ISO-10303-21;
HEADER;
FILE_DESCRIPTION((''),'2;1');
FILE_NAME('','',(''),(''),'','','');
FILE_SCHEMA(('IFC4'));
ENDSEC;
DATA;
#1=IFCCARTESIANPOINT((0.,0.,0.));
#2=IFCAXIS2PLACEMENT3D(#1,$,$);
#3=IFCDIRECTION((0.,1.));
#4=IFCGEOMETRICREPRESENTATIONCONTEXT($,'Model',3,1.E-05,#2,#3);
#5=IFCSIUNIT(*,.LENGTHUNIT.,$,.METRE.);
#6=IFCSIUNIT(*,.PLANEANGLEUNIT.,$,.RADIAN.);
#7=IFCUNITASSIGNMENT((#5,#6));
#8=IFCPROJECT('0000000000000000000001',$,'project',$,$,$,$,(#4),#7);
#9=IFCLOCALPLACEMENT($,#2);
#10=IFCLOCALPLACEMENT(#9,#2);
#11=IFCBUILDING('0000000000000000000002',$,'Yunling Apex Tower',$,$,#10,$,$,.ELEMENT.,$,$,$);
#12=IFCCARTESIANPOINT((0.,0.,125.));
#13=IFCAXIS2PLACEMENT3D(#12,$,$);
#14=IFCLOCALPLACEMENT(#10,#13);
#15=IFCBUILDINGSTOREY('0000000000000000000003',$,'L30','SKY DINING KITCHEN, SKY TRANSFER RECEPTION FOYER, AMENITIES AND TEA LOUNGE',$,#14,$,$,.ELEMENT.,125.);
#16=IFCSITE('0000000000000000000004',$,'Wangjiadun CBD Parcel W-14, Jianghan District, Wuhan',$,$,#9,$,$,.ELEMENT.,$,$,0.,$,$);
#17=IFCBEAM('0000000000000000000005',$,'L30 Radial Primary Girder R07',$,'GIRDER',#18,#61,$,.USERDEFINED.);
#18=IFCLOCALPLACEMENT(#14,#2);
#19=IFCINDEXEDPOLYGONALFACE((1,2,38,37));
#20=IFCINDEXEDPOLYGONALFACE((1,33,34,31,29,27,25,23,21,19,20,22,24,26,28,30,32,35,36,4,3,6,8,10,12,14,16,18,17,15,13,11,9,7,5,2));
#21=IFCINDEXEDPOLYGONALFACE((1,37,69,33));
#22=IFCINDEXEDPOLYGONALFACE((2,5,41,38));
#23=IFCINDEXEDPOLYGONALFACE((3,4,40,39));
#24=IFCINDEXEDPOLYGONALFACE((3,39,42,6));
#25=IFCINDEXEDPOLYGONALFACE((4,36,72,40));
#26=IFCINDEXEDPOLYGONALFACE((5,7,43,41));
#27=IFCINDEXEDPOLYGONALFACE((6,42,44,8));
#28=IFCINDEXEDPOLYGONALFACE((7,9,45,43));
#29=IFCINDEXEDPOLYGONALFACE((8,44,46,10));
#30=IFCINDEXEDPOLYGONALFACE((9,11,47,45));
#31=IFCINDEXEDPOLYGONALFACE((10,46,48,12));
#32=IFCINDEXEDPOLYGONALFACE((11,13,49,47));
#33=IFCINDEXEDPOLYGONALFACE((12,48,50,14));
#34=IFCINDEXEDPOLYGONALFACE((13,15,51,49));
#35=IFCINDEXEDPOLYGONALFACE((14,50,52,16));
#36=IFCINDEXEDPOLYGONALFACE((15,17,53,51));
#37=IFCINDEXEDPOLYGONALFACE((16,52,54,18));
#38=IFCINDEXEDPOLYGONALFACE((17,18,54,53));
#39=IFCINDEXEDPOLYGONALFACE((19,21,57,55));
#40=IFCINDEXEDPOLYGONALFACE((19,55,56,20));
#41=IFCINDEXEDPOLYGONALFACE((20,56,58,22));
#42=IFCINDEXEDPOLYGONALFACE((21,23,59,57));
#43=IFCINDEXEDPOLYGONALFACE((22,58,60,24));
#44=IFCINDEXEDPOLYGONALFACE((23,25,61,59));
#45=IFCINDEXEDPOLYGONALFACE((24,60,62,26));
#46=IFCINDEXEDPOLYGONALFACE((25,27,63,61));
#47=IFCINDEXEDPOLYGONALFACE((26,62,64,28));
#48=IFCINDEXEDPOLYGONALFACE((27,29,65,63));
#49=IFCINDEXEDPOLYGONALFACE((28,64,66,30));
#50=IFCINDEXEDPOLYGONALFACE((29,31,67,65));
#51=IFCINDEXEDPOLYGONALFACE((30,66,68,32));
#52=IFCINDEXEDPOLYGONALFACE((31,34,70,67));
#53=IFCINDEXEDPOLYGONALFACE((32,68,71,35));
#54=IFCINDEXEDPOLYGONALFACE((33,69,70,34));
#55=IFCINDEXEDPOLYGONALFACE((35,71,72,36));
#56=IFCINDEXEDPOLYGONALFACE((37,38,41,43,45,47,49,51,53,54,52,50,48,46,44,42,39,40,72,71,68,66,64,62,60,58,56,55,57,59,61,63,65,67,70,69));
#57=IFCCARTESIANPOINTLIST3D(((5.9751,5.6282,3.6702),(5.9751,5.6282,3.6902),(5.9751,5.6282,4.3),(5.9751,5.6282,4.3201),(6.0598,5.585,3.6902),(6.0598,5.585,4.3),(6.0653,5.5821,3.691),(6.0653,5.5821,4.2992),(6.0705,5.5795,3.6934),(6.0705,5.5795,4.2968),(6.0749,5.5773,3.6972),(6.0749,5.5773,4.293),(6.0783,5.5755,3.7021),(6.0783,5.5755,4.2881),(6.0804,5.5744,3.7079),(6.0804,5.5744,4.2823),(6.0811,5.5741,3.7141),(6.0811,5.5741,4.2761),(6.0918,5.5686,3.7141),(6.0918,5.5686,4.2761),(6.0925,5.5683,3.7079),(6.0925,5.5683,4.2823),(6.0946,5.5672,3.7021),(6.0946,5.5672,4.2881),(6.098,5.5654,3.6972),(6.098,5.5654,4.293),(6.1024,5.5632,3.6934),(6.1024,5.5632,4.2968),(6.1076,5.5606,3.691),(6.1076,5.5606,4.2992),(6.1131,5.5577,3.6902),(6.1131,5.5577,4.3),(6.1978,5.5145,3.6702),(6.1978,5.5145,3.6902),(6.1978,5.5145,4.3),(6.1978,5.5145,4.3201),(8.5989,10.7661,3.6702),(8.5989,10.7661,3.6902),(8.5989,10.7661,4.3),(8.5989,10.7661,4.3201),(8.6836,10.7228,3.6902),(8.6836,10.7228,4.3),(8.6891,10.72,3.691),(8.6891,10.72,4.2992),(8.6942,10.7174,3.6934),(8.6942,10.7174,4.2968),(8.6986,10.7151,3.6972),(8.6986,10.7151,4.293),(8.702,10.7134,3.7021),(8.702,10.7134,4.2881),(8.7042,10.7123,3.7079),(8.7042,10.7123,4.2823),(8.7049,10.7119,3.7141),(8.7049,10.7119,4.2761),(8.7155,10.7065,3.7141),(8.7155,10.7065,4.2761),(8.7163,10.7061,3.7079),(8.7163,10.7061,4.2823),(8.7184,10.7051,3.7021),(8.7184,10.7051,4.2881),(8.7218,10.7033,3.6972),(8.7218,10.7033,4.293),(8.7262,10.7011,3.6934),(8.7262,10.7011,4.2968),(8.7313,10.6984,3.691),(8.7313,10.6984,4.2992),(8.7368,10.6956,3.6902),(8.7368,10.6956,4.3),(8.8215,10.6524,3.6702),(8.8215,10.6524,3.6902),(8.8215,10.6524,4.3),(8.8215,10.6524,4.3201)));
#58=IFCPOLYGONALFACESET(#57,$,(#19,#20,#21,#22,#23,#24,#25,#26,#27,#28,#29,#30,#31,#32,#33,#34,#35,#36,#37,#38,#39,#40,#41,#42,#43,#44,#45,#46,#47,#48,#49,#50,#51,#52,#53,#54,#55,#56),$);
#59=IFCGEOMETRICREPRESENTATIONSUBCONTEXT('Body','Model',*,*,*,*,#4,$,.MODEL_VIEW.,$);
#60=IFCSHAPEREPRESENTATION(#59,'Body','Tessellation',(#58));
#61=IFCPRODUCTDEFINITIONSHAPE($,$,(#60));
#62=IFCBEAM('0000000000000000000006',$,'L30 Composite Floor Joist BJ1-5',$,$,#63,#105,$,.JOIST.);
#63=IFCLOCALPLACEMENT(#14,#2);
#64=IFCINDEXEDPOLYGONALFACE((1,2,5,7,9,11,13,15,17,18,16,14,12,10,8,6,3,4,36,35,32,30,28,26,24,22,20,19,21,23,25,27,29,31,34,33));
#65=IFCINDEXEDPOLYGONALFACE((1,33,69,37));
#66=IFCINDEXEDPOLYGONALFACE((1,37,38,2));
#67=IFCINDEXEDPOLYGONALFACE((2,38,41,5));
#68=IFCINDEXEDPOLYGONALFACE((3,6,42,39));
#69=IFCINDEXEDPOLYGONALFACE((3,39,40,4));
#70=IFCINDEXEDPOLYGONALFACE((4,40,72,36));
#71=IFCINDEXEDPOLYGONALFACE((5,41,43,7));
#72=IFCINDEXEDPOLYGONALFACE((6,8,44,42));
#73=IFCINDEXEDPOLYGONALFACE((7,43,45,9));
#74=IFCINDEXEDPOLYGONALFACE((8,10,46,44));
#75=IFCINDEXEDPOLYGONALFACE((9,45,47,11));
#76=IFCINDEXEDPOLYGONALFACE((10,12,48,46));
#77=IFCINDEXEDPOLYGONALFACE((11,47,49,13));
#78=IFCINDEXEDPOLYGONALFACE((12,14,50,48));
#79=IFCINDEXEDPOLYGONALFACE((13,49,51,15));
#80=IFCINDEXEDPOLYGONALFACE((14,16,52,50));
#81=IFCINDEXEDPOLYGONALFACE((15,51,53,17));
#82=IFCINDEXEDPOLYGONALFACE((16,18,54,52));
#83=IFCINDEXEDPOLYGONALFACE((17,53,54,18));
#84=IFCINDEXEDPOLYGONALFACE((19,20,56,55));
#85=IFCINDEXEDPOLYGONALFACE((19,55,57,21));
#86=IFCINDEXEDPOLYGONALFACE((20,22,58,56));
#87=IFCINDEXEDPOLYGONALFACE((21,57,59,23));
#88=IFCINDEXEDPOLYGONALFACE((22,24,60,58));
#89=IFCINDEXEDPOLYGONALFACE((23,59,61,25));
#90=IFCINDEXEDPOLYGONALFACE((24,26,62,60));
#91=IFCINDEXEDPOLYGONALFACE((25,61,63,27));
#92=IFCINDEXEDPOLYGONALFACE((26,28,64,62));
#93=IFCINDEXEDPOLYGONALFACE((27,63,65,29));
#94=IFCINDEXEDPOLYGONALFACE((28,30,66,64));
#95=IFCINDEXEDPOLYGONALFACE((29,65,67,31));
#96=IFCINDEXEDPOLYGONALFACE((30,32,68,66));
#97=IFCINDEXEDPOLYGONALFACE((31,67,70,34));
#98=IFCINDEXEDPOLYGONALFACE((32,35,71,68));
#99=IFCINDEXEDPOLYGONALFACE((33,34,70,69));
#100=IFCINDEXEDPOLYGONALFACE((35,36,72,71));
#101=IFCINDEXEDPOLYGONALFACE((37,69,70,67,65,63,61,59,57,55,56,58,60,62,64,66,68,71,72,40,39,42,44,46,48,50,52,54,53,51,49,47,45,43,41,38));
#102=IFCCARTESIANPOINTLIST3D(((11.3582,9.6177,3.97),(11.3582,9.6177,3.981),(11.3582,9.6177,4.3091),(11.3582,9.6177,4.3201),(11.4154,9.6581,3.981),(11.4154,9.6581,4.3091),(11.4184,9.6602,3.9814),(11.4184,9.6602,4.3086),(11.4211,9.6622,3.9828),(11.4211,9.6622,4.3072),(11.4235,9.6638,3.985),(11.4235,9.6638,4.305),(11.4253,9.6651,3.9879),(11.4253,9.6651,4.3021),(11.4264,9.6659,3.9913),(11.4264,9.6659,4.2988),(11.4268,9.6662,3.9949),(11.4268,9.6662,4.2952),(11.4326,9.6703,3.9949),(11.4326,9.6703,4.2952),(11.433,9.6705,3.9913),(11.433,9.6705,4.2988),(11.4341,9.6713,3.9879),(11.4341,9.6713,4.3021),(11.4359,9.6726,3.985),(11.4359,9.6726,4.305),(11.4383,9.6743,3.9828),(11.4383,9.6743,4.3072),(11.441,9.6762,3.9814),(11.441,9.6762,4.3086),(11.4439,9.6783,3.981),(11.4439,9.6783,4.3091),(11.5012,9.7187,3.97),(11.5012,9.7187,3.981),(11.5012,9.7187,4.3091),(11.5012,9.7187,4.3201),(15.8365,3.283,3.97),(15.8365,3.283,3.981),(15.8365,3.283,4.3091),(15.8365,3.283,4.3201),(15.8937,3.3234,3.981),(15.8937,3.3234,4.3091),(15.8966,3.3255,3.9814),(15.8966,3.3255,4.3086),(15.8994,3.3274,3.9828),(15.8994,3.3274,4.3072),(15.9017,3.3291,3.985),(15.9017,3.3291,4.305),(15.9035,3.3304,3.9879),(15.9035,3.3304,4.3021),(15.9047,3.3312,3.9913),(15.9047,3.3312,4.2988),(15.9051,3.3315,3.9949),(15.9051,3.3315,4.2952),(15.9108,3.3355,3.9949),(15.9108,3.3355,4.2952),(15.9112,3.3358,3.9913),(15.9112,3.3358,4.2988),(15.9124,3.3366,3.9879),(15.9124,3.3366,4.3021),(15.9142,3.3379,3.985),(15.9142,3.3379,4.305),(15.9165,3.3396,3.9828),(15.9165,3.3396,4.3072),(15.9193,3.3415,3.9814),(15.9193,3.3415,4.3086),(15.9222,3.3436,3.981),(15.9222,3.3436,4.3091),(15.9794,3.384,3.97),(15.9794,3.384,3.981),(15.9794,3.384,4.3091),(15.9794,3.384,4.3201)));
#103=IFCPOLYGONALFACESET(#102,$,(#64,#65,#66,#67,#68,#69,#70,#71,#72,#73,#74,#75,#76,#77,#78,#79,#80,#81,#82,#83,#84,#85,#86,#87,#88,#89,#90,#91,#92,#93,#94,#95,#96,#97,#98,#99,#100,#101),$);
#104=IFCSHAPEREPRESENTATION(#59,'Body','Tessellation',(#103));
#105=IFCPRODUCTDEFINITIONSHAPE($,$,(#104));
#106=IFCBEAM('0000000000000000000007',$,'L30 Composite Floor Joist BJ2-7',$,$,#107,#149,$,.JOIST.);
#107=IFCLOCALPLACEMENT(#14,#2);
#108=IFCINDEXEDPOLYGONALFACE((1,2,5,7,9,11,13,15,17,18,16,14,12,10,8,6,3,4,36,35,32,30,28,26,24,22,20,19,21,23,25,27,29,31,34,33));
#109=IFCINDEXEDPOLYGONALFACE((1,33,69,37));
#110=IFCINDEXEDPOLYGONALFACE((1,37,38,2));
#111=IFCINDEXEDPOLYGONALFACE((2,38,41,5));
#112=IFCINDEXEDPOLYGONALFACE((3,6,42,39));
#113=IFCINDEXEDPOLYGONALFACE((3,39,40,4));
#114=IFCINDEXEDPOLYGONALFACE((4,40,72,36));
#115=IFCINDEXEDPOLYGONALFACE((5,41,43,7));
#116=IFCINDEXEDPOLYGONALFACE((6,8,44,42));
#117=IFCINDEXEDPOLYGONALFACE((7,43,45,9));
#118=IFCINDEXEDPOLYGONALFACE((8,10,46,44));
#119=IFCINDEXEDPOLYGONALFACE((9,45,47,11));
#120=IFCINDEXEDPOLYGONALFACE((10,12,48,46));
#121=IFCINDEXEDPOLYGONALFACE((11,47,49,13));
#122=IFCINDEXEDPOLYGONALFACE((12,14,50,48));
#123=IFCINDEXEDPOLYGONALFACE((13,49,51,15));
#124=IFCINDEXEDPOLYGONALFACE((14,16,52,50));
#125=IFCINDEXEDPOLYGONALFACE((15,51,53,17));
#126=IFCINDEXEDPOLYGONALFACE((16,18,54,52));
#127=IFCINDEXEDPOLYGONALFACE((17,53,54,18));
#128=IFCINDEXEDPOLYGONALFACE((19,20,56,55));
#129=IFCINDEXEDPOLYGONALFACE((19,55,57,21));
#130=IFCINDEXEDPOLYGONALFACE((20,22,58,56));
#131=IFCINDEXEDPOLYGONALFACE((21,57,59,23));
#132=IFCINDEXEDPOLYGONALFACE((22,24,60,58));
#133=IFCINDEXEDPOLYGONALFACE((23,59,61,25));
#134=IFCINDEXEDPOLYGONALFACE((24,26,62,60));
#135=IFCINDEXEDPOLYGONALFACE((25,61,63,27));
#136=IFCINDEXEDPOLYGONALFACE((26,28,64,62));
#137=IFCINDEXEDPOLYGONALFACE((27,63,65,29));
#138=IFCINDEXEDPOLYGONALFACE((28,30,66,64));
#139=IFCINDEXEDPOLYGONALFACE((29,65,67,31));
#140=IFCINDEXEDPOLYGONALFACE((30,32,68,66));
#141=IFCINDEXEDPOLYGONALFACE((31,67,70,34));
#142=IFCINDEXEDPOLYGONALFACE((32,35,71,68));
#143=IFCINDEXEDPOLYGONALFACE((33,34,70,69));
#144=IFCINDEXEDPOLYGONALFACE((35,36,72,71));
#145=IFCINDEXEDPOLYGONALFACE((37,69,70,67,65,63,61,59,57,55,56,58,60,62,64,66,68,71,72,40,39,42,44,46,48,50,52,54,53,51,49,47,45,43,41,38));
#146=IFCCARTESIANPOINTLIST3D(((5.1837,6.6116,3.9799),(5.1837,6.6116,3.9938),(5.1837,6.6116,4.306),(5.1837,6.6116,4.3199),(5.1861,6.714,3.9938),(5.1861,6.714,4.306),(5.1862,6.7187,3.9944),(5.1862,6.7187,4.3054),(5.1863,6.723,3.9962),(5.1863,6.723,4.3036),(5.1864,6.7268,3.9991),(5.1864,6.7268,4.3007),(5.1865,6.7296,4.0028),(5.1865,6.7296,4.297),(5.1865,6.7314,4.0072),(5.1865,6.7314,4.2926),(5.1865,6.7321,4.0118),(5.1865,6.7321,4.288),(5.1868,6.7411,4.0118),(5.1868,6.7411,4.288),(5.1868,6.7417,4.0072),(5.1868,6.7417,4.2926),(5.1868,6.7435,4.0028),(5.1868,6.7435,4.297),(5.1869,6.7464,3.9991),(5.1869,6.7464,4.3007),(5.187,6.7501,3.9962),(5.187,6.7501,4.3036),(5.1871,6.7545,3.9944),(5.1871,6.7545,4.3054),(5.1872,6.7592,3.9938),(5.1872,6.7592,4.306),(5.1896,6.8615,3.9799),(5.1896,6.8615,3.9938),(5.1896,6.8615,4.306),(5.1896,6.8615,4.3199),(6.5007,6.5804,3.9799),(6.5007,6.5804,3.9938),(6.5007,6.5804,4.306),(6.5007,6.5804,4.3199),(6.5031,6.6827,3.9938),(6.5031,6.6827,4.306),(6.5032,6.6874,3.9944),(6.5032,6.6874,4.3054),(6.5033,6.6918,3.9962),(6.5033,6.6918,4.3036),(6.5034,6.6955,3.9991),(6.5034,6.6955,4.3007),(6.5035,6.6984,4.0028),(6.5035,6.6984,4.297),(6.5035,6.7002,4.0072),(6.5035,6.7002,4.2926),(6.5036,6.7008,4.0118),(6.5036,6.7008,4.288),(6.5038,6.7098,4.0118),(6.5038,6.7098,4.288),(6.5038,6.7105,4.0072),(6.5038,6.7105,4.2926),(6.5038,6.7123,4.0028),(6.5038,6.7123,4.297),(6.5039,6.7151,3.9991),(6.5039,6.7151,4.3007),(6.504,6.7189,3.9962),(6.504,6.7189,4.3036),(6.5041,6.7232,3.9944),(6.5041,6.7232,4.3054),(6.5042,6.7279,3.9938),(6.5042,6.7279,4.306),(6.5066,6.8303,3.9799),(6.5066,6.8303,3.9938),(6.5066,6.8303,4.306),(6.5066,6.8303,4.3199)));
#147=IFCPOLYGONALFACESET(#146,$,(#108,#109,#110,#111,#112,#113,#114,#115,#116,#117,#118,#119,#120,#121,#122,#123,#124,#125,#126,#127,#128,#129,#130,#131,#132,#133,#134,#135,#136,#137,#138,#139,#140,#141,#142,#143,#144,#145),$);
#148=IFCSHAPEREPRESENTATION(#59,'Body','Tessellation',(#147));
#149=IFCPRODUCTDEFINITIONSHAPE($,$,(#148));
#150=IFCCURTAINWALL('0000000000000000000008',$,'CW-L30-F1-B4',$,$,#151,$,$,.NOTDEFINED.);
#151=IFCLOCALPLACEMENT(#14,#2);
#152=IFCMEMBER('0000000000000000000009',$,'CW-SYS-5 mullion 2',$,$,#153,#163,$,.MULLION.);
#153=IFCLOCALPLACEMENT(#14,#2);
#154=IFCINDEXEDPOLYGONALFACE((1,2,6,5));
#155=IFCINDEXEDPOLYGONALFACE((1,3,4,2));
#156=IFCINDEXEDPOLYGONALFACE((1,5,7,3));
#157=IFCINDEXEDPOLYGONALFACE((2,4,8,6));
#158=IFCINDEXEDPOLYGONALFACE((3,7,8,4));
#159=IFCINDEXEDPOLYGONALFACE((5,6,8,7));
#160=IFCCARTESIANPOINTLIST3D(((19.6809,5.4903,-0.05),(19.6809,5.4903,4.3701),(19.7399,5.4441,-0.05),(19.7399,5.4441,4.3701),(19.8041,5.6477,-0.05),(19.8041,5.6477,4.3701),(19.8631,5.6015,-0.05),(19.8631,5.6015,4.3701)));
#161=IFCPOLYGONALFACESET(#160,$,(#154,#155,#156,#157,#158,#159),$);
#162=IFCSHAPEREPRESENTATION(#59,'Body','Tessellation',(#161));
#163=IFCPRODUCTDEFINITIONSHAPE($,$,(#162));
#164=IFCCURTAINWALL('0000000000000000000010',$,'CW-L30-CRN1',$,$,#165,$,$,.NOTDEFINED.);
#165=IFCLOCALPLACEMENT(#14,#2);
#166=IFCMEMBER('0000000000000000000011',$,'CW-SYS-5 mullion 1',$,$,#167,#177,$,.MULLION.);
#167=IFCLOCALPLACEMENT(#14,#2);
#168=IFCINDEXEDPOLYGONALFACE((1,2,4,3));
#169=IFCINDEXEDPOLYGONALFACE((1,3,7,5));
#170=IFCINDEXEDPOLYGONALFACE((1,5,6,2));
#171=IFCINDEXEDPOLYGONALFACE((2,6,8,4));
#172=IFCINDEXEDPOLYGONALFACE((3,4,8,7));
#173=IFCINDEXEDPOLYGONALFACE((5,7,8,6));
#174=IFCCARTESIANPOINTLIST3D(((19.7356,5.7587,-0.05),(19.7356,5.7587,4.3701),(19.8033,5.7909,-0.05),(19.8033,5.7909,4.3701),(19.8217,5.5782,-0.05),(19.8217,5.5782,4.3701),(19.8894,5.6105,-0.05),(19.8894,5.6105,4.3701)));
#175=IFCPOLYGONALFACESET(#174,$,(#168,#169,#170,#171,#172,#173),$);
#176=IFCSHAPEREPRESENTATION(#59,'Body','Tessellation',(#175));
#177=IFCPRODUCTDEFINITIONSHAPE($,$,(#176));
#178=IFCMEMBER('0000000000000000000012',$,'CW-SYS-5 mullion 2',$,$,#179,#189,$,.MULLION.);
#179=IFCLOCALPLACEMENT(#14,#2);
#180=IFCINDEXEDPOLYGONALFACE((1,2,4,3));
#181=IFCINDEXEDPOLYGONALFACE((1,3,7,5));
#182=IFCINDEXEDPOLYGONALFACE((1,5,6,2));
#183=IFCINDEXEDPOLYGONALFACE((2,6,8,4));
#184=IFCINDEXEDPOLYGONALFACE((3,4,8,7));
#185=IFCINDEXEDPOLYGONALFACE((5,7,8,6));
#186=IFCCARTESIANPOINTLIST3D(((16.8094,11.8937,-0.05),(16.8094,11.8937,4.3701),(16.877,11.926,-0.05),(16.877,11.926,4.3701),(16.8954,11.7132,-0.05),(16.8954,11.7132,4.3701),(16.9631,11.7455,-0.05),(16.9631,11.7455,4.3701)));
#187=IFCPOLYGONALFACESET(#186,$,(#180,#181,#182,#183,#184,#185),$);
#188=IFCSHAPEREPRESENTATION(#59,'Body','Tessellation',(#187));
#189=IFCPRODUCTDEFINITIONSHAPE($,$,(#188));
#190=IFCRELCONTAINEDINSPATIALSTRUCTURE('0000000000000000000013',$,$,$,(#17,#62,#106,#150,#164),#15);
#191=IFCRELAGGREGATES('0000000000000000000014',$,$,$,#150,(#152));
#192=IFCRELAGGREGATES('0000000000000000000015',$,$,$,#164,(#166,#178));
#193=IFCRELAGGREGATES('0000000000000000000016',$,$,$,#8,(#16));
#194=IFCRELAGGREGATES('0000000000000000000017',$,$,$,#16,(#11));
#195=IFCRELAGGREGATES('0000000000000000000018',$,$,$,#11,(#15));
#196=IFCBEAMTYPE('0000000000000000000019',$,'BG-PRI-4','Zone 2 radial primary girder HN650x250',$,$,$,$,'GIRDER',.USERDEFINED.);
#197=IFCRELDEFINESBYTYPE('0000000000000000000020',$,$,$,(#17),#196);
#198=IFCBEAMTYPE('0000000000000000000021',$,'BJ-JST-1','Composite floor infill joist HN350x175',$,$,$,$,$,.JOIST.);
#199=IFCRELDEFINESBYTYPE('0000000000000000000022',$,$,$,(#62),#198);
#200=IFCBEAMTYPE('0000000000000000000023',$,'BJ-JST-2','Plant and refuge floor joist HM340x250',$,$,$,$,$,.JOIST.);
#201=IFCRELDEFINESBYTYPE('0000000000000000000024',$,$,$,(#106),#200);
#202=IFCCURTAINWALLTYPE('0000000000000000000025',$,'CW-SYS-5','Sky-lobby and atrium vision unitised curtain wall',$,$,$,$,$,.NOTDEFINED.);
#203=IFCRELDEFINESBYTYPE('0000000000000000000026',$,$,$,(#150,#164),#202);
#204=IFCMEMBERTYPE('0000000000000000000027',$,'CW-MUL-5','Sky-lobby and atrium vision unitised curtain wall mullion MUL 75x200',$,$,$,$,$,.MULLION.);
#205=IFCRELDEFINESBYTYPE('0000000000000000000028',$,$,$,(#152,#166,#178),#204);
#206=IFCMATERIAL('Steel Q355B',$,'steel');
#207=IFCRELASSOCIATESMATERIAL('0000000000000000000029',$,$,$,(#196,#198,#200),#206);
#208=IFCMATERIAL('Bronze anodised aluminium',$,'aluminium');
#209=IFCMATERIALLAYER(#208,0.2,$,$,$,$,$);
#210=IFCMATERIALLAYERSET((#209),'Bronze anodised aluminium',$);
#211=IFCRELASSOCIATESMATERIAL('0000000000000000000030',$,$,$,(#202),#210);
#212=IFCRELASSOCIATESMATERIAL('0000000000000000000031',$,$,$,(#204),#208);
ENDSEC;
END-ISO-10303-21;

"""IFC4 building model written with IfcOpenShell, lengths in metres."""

from ifc_helpers import new_model, si_unit, direction, frame, origin, origin_2d, place, context, subcontext, project, spatial, rectangle, i_section, extrude, source, transform, mapped, material, layer, layer_set, material_profile, profile_set, type_object, element, aggregate, save


model = new_model("IFC4")

# Units and contexts
model_context = context("Model", 3, precision=1e-05, world=origin(), true_north=direction((0.0, 1.0)))
body_context = subcontext(model_context, "Body", "Model", "MODEL_VIEW")
ifc_project = project(units=[si_unit("LENGTHUNIT", "METRE"), si_unit("PLANEANGLEUNIT", "RADIAN")], contexts=[model_context])

# Site, building, storey
site_placement = place(None, origin())
site = spatial("IfcSite", under=ifc_project, at=site_placement, Name="Wangjiadun CBD Parcel W-14, Jianghan District, Wuhan", CompositionType="ELEMENT", RefElevation=0.0)
building_placement = place(site_placement, origin())
building = spatial("IfcBuilding", under=site, at=building_placement, Name="Yunling Apex Tower", CompositionType="ELEMENT")
storey_placement = place(building_placement, frame((0.0, 0.0, 125.0)))
storey = spatial("IfcBuildingStorey", under=building, at=storey_placement, Name="L30", Description="SKY DINING KITCHEN, SKY TRANSFER RECEPTION FOYER, AMENITIES AND TEA LOUNGE", CompositionType="ELEMENT", Elevation=125.0)

# Beams
ifc_material_1 = material(Name="Steel Q355B", Category="steel")
ifc_material_profile_1 = material_profile(ifc_material_1, i_section(OverallWidth=0.25, OverallDepth=0.6499, WebThickness=0.012, FlangeThickness=0.02, FilletRadius=0.0239, at=origin_2d()))
ifc_profile_set_1 = profile_set([ifc_material_profile_1], Name="Steel Q355B")
beam_type_1 = type_object("IfcBeamType", Name="BG-PRI-4", Description="Zone 2 radial primary girder HN650x250", ElementType="GIRDER", PredefinedType="USERDEFINED", material=ifc_profile_set_1)
shared_shape_1 = source(origin(), body_context, "Body", "SweptSolid", [
    extrude(i_section(OverallWidth=0.25, OverallDepth=0.6499, WebThickness=0.012, FlangeThickness=0.02, FilletRadius=0.0239, at=origin_2d()), origin(), (0.0, 0.0, 1.0), 5.769),
])
beam_1_placement = place(storey_placement, frame((8.7102, 10.7092, 3.9951), z_axis=(-0.454798, -0.890595, 0.0), x_axis=(0.890595, -0.454798, 0.0)))
element("IfcBeam", 1, at=beam_1_placement, inside=storey, type_object=beam_type_1, Name="L30 Radial Primary Girder R07", ObjectType="GIRDER", PredefinedType="USERDEFINED", context=body_context, shape_type="MappedRepresentation", body=[
    mapped(shared_shape_1, transform((0.0, 0.0, 0.0), scale=1.0)),
])
ifc_material_profile_2 = material_profile(ifc_material_1, i_section(OverallWidth=0.175, OverallDepth=0.3501, WebThickness=0.0071, FlangeThickness=0.011, FilletRadius=0.0139, at=origin_2d()))
ifc_profile_set_2 = profile_set([ifc_material_profile_2], Name="Steel Q355B")
beam_type_2 = type_object("IfcBeamType", Name="BJ-JST-1", Description="Composite floor infill joist HN350x175", PredefinedType="JOIST", material=ifc_profile_set_2)
shared_shape_2 = source(origin(), body_context, "Body", "SweptSolid", [
    extrude(i_section(OverallWidth=0.175, OverallDepth=0.3501, WebThickness=0.0071, FlangeThickness=0.011, FilletRadius=0.0139, at=origin_2d()), origin(), (0.0, 0.0, 1.0), 7.7578),
])
beam_2_placement = place(storey_placement, frame((15.908, 3.3335, 4.145), z_axis=(-0.57726, 0.81656, 0.0), x_axis=(-0.81656, -0.57726, 0.0)))
element("IfcBeam", 2, at=beam_2_placement, inside=storey, type_object=beam_type_2, Name="L30 Composite Floor Joist BJ1-5", PredefinedType="JOIST", context=body_context, shape_type="MappedRepresentation", body=[
    mapped(shared_shape_2, transform((0.0, 0.0, 0.0), scale=1.0)),
])
ifc_material_profile_3 = material_profile(ifc_material_1, i_section(OverallWidth=0.25, OverallDepth=0.3401, WebThickness=0.009, FlangeThickness=0.0139, FilletRadius=0.0181, at=origin_2d()))
ifc_profile_set_3 = profile_set([ifc_material_profile_3], Name="Steel Q355B")
beam_type_3 = type_object("IfcBeamType", Name="BJ-JST-2", Description="Plant and refuge floor joist HM340x250", PredefinedType="JOIST", material=ifc_profile_set_3)
shared_shape_3 = source(origin(), body_context, "Body", "SweptSolid", [
    extrude(i_section(OverallWidth=0.25, OverallDepth=0.3401, WebThickness=0.009, FlangeThickness=0.0139, FilletRadius=0.0181, at=origin_2d()), origin(), (0.0, 0.0, 1.0), 1.3174),
])
beam_3_placement = place(storey_placement, frame((6.5037, 6.7053, 4.1499), z_axis=(-0.999719, 0.023723, 0.0), x_axis=(-0.023723, -0.999719, 0.0)))
element("IfcBeam", 3, at=beam_3_placement, inside=storey, type_object=beam_type_3, Name="L30 Composite Floor Joist BJ2-7", PredefinedType="JOIST", context=body_context, shape_type="MappedRepresentation", body=[
    mapped(shared_shape_3, transform((0.0, 0.0, 0.0), scale=1.0)),
])

# Curtain wall, member
ifc_material_2 = material(Name="Bronze anodised aluminium", Category="aluminium")
ifc_layer_1 = layer(ifc_material_2, 0.2)
ifc_layer_set_1 = layer_set([ifc_layer_1], Name="Bronze anodised aluminium")
curtain_wall_type = type_object("IfcCurtainWallType", Name="CW-SYS-5", Description="Sky-lobby and atrium vision unitised curtain wall", PredefinedType="NOTDEFINED", material=ifc_layer_set_1)
curtain_wall_1_placement = place(storey_placement, origin())
curtain_wall_1 = element("IfcCurtainWall", 4, at=curtain_wall_1_placement, inside=storey, type_object=curtain_wall_type, Name="CW-L30-F1-B4", PredefinedType="NOTDEFINED")
ifc_material_profile_4 = material_profile(ifc_material_2, rectangle(XDim=0.075, YDim=0.2, at=origin_2d()))
ifc_profile_set_4 = profile_set([ifc_material_profile_4], Name="Bronze anodised aluminium")
member_type_1 = type_object("IfcMemberType", Name="CW-MUL-5", Description="Sky-lobby and atrium vision unitised curtain wall mullion MUL 75x200", PredefinedType="MULLION", material=ifc_profile_set_4)
shared_shape_4 = source(origin(), body_context, "Body", "SweptSolid", [
    extrude(rectangle(XDim=0.075, YDim=0.2, at=origin_2d()), origin(), (0.0, 0.0, 1.0), 4.4202),
])
member_1_placement = place(storey_placement, frame((19.772, 5.5459, -0.05), z_axis=(0.0, 0.0, 1.0), x_axis=(-0.787584, 0.616208, 0.0)))
member_1 = element("IfcMember", 5, at=member_1_placement, type_object=member_type_1, Name="CW-SYS-5 mullion 2", PredefinedType="MULLION", context=body_context, shape_type="MappedRepresentation", body=[
    mapped(shared_shape_4, transform((0.0, 0.0, 0.0), scale=1.0)),
])

# Curtain wall, members
curtain_wall_2_placement = place(storey_placement, origin())
curtain_wall_2 = element("IfcCurtainWall", 6, at=curtain_wall_2_placement, inside=storey, type_object=curtain_wall_type, Name="CW-L30-CRN1", PredefinedType="NOTDEFINED")
member_2_placement = place(storey_placement, frame((19.8125, 5.6846, -0.05), z_axis=(0.0, 0.0, 1.0), x_axis=(-0.902582, -0.430519, 0.0)))
member_2 = element("IfcMember", 7, at=member_2_placement, type_object=member_type_1, Name="CW-SYS-5 mullion 1", PredefinedType="MULLION", context=body_context, shape_type="MappedRepresentation", body=[
    mapped(shared_shape_4, transform((0.0, 0.0, 0.0), scale=1.0)),
])
member_3_placement = place(storey_placement, frame((16.8862, 11.8196, -0.05), z_axis=(0.0, 0.0, 1.0), x_axis=(-0.902582, -0.430519, 0.0)))
member_3 = element("IfcMember", 8, at=member_3_placement, type_object=member_type_1, Name="CW-SYS-5 mullion 2", PredefinedType="MULLION", context=body_context, shape_type="MappedRepresentation", body=[
    mapped(shared_shape_4, transform((0.0, 0.0, 0.0), scale=1.0)),
])

aggregate(curtain_wall_1, [member_1])
aggregate(curtain_wall_2, [member_2, member_3])

save(model, "model.ifc")
